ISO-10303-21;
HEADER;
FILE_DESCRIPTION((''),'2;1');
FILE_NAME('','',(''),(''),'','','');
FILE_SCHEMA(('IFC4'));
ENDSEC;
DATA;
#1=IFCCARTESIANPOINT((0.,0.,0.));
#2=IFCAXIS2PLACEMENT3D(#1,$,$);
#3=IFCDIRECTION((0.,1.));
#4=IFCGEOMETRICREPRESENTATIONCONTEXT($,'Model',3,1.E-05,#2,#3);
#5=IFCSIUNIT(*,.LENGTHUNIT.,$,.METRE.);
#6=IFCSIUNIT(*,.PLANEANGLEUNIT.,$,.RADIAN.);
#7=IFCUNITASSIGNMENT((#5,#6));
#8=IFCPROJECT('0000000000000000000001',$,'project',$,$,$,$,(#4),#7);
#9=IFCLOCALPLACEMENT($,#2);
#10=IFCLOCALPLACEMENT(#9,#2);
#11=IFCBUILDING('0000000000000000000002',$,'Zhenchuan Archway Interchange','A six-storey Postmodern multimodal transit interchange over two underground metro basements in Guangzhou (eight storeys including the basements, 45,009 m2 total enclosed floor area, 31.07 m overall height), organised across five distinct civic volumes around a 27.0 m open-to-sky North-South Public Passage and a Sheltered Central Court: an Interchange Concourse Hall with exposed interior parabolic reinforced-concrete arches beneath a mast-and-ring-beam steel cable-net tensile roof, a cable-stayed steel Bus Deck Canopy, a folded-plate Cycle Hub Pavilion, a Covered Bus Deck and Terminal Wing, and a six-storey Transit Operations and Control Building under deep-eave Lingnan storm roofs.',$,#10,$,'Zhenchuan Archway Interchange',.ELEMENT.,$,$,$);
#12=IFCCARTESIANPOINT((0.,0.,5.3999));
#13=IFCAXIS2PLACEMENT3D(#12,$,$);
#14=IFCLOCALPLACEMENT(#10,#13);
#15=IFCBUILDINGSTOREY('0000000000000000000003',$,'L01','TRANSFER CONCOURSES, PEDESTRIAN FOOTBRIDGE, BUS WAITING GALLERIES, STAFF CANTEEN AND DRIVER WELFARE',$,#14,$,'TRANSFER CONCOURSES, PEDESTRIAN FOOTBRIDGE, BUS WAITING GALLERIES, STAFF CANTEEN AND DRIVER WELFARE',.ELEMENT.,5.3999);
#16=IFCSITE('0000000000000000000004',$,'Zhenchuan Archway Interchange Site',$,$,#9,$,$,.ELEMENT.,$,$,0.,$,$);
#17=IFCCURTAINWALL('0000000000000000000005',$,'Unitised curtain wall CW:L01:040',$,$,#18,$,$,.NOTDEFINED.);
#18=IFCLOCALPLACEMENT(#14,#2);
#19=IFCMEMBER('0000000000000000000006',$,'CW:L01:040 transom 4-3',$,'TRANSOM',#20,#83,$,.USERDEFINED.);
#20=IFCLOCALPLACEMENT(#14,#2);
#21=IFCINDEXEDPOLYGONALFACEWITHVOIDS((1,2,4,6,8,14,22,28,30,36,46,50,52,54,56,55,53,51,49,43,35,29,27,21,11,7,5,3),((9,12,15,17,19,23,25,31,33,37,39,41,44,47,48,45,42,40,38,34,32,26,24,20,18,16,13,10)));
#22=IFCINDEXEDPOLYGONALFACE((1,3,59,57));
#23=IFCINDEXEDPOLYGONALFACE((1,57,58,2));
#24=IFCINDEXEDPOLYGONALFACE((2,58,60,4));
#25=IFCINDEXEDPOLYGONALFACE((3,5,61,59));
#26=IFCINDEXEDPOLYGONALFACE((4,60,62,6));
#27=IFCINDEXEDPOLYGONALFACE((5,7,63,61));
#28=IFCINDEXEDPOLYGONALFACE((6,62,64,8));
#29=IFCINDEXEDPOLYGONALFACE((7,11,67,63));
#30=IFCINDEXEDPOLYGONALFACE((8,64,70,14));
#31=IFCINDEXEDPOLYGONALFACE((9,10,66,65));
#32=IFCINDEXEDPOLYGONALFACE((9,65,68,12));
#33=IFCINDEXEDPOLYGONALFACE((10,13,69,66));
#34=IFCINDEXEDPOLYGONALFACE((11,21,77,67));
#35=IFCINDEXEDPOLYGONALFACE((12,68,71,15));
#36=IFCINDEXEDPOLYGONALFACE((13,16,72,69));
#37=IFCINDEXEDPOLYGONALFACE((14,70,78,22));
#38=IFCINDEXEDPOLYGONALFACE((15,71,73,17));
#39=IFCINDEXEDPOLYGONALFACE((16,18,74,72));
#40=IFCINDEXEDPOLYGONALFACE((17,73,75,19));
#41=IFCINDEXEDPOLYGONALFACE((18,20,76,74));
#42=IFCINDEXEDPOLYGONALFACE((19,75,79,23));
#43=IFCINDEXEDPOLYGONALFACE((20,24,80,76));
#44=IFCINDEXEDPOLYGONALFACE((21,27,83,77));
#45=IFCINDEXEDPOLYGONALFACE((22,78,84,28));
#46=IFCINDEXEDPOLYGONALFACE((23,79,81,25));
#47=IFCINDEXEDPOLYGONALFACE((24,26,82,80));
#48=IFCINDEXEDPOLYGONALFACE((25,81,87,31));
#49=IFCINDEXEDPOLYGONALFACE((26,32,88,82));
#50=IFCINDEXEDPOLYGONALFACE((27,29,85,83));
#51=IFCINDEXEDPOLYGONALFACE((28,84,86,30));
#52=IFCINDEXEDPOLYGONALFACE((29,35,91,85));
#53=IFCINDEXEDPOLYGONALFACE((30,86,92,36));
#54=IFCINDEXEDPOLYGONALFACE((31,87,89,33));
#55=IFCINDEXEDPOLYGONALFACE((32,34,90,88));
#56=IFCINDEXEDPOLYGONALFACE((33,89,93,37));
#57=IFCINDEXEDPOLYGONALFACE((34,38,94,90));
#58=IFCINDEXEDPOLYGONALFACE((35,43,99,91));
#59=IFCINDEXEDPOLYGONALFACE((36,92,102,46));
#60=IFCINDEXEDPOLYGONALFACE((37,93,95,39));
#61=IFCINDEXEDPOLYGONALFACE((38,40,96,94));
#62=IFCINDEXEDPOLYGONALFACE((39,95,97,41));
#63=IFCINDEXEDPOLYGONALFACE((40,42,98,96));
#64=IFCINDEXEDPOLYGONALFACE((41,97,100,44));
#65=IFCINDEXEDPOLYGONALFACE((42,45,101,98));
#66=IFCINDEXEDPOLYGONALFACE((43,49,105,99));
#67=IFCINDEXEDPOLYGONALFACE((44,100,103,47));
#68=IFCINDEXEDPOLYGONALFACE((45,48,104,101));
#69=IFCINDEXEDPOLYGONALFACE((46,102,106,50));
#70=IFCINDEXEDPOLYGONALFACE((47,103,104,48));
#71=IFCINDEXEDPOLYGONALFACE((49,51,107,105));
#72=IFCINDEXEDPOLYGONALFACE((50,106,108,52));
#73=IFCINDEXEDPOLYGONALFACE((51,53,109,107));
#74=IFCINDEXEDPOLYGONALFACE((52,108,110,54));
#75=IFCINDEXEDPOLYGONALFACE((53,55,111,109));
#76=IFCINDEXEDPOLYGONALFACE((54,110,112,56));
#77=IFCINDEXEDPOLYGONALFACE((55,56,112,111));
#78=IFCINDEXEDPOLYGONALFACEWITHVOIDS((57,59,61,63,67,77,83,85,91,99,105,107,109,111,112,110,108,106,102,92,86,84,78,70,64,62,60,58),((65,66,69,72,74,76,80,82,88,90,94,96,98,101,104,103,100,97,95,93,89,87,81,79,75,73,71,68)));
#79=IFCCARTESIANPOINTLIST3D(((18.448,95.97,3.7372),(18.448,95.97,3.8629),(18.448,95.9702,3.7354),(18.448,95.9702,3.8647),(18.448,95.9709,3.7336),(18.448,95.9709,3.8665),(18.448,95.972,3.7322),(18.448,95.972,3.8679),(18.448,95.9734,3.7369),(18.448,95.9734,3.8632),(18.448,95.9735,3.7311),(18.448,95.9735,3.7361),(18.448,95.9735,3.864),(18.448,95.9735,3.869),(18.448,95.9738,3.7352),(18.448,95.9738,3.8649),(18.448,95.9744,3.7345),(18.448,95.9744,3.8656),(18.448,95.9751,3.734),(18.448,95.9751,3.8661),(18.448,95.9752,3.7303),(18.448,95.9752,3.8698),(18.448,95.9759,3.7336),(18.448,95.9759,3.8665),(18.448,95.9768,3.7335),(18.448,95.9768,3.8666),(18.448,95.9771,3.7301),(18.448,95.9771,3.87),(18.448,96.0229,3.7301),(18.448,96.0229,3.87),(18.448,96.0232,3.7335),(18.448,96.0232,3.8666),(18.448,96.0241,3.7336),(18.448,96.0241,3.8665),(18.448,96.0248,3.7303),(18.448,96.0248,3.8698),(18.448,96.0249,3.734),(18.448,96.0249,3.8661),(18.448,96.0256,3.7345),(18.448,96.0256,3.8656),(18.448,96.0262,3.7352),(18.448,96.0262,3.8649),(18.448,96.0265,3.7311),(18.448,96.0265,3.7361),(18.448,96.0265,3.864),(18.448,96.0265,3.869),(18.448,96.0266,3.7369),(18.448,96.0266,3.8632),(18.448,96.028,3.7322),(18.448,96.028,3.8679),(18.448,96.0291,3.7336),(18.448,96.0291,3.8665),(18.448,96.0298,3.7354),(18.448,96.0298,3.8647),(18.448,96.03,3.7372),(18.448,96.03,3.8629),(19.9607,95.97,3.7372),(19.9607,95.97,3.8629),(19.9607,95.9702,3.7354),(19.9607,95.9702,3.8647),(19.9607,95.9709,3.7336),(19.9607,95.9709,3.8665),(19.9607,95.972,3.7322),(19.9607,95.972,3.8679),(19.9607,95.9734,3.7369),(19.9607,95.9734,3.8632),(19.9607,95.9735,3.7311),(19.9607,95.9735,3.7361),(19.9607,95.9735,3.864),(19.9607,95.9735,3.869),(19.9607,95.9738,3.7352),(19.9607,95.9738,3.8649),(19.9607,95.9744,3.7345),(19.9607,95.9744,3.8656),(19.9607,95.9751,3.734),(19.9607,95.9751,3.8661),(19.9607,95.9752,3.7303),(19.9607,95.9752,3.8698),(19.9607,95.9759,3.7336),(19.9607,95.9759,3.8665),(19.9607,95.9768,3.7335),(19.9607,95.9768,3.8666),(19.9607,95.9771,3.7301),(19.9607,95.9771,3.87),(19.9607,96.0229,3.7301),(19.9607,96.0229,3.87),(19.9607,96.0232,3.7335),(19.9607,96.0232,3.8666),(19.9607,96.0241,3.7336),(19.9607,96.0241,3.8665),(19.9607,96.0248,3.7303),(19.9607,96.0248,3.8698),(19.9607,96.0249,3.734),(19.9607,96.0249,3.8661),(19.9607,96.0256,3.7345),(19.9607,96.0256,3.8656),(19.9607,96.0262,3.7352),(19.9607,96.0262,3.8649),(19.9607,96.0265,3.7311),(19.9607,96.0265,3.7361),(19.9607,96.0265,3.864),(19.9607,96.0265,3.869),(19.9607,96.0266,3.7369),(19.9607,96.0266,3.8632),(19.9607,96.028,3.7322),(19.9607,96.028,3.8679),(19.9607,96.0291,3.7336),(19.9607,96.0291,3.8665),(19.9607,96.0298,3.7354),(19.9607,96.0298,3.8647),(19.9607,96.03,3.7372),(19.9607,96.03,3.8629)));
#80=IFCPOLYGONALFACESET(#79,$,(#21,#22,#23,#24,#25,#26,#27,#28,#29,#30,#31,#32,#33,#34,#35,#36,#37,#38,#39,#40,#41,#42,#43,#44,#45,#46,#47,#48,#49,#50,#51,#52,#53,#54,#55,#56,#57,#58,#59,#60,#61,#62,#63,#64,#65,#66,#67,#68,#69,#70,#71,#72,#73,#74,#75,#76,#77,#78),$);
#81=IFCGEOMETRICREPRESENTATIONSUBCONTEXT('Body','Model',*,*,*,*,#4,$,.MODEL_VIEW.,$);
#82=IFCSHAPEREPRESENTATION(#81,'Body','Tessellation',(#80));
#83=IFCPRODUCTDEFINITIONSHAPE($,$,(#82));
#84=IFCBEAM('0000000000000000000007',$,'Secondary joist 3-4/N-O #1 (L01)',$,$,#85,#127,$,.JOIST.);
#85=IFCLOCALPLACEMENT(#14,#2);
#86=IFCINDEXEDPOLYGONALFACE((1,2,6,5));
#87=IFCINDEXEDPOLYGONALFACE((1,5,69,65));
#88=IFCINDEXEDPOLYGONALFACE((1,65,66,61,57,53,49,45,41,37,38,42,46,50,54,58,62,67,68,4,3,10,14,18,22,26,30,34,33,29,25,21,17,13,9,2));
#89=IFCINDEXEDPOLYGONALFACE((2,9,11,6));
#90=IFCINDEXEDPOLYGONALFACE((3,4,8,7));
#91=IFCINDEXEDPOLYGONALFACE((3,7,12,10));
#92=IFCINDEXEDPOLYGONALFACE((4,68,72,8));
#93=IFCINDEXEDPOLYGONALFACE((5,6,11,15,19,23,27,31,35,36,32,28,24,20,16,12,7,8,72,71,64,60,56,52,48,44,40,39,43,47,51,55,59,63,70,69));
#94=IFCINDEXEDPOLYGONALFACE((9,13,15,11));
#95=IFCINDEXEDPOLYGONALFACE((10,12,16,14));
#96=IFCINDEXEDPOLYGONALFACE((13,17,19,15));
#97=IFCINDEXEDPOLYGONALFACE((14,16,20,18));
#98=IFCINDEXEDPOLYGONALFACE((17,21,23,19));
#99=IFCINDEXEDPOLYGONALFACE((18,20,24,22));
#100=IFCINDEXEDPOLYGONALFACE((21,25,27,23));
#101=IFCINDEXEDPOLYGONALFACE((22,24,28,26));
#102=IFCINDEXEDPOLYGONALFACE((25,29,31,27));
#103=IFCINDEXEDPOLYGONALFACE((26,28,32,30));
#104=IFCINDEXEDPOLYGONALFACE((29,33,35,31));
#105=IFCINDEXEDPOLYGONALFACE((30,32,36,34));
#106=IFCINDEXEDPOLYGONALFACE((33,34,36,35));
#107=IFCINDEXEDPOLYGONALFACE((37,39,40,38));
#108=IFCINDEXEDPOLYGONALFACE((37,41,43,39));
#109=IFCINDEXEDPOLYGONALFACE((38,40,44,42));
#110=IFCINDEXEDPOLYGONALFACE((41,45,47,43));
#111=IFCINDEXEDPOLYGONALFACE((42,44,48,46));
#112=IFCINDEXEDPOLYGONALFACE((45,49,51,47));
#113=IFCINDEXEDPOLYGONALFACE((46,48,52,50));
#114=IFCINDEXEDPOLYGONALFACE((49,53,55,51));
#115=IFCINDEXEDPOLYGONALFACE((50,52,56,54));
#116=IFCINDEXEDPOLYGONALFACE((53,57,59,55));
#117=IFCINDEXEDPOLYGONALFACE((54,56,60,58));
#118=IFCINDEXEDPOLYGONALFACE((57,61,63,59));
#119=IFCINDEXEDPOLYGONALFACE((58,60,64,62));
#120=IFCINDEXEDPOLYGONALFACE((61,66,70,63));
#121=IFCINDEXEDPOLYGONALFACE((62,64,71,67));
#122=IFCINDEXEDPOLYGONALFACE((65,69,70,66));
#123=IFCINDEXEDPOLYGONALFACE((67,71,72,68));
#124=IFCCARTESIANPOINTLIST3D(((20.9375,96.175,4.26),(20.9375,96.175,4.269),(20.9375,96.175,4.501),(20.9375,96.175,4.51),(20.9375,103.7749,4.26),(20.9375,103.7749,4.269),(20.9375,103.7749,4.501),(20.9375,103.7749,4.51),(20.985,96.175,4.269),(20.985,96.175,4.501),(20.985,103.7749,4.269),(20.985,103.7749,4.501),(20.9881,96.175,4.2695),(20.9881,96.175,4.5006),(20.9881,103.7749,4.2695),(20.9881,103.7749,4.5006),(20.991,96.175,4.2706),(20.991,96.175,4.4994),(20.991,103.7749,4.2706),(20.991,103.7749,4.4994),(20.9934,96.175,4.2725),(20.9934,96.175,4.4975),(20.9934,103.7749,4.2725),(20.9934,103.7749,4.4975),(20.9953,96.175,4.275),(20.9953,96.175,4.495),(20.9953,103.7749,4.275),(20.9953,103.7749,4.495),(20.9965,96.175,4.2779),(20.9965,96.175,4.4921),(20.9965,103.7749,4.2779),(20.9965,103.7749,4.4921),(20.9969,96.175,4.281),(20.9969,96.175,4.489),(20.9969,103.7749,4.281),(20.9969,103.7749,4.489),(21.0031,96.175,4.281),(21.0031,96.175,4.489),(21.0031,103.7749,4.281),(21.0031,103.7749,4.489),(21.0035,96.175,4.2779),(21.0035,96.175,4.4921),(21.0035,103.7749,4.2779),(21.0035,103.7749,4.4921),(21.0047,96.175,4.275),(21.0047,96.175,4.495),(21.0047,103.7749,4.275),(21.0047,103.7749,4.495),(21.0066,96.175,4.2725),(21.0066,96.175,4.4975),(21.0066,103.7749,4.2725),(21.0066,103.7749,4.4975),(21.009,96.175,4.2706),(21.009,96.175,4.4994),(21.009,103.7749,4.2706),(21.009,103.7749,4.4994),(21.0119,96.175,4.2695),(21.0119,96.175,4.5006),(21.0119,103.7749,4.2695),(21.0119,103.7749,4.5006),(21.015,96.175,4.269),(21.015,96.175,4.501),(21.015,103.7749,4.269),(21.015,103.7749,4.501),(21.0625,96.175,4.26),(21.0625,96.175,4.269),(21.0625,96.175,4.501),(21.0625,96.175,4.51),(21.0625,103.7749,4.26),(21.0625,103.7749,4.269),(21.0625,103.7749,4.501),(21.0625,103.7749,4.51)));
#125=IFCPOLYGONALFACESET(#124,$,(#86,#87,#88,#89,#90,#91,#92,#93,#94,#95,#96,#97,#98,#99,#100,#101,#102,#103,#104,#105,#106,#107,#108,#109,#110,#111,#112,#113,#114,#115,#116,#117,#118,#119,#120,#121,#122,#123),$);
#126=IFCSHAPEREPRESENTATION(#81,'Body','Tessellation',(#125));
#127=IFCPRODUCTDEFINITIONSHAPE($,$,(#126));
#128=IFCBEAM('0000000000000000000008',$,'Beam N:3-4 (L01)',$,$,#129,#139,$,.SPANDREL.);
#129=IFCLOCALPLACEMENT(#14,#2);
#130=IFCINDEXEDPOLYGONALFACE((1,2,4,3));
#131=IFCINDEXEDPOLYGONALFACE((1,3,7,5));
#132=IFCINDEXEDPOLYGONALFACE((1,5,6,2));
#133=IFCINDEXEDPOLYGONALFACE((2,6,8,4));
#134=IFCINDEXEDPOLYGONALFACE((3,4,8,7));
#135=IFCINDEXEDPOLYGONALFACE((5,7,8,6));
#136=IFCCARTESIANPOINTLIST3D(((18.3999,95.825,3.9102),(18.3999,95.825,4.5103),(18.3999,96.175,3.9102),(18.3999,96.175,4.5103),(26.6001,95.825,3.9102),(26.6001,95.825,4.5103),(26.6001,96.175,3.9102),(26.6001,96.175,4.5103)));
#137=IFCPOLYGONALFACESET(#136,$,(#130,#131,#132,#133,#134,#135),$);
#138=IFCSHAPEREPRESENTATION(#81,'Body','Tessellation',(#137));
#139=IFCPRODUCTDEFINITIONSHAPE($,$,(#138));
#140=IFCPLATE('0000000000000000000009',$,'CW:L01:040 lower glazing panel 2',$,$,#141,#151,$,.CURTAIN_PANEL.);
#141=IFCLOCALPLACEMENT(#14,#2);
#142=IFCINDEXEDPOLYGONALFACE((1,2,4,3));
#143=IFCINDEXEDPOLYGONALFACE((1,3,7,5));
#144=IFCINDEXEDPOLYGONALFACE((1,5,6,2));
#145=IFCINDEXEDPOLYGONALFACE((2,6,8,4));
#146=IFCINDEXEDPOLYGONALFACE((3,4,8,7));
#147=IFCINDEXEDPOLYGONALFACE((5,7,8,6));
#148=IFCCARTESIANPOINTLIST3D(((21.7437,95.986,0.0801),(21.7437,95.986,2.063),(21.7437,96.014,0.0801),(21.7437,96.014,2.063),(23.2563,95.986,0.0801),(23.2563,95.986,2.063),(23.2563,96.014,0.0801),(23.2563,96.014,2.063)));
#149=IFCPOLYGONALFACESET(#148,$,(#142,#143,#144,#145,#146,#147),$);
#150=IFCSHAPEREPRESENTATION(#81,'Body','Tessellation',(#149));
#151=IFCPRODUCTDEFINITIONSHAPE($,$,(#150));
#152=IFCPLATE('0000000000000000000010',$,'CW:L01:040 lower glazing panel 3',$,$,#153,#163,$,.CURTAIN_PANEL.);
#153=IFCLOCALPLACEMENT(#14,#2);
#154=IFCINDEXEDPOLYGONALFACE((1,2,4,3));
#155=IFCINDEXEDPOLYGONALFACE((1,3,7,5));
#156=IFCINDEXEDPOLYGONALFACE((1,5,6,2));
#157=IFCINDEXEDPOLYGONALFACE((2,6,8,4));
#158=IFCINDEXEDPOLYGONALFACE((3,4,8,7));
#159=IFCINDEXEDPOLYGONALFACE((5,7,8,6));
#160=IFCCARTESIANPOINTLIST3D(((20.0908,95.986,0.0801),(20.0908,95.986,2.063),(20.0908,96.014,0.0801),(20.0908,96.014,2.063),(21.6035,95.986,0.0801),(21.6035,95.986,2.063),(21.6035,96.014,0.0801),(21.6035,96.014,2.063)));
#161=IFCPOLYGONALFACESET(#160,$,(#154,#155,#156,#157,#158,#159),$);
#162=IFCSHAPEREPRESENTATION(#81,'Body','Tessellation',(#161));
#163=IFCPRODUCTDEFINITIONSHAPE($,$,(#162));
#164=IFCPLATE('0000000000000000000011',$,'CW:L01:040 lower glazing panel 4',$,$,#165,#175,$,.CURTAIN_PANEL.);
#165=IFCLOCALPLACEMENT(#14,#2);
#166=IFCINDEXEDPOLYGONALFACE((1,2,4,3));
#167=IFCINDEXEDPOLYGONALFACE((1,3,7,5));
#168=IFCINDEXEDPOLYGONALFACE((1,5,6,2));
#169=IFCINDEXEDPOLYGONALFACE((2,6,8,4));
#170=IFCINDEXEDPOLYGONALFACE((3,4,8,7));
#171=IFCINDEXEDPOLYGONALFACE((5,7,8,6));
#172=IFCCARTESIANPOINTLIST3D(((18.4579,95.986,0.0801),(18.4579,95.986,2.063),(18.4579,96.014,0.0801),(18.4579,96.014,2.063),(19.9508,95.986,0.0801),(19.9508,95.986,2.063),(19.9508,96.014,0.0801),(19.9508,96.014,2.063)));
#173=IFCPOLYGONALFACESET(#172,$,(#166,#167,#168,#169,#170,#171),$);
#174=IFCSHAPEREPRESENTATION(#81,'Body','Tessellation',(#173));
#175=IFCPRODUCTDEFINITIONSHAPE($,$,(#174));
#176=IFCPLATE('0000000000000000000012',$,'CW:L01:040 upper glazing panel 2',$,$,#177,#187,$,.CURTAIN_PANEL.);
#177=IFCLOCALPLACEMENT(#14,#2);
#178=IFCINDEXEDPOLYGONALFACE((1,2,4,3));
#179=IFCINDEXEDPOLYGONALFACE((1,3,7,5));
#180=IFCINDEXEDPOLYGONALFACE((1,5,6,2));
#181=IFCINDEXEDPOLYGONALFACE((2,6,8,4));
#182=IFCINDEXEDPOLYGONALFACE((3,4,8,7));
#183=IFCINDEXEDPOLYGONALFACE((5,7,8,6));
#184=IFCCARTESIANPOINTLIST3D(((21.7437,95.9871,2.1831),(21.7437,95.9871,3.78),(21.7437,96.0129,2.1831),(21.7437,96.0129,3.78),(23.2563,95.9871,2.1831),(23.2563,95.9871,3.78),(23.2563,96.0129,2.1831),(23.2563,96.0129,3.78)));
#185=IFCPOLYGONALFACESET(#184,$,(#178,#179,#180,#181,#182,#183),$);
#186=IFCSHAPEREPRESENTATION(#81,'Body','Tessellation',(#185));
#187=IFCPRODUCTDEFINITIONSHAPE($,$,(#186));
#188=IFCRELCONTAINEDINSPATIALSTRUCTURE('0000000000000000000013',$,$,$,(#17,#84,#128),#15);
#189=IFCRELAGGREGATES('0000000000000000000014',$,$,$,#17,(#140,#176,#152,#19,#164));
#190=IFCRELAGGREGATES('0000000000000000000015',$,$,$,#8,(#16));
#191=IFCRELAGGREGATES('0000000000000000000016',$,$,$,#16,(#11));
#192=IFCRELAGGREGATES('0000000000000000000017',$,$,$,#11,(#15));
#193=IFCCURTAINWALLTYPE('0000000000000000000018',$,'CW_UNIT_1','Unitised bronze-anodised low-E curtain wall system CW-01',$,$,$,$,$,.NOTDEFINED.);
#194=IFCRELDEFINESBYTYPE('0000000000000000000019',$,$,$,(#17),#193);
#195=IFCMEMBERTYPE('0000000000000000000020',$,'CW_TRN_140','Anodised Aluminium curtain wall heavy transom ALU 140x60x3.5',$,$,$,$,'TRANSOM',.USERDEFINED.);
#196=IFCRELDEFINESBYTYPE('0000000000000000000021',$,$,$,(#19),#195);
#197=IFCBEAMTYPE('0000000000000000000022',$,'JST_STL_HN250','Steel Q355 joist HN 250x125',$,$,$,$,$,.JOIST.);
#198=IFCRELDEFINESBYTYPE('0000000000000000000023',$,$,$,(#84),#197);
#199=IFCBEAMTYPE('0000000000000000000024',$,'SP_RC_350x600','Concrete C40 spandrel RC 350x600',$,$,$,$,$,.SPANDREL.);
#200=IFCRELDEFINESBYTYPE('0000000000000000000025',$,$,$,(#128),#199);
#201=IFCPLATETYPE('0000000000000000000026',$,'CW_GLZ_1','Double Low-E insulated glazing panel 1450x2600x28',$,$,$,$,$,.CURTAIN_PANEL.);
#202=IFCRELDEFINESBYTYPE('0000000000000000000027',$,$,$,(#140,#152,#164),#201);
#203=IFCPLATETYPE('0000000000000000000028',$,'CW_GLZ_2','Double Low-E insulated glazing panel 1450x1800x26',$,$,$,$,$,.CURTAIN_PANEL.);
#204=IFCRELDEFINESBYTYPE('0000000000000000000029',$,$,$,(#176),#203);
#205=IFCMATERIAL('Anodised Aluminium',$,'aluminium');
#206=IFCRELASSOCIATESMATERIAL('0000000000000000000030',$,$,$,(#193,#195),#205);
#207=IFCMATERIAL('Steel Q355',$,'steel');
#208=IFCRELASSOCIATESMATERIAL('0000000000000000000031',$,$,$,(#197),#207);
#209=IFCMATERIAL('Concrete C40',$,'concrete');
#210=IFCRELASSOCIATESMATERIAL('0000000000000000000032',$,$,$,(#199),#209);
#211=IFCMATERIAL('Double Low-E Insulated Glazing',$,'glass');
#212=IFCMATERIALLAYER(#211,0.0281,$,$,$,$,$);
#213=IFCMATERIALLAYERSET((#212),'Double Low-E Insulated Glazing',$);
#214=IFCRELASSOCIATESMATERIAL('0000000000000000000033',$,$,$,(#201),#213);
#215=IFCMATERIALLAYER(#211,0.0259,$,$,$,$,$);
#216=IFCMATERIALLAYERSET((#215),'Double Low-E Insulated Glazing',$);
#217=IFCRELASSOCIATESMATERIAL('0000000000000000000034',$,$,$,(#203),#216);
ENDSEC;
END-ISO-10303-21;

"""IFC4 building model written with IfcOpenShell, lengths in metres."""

from ifc_helpers import new_model, si_unit, direction, frame, origin, origin_2d, place, context, subcontext, project, spatial, rectangle, hollow_rectangle, i_section, extrude, material, layer, layer_set, material_profile, profile_set, type_object, element, aggregate, save


model = new_model("IFC4")

# Units and contexts
model_context = context("Model", 3, precision=1e-05, world=origin(), true_north=direction((0.0, 1.0)))
body_context = subcontext(model_context, "Body", "Model", "MODEL_VIEW")
ifc_project = project(units=[si_unit("LENGTHUNIT", "METRE"), si_unit("PLANEANGLEUNIT", "RADIAN")], contexts=[model_context])

# Site, building, storey
site_placement = place(None, origin())
site = spatial("IfcSite", under=ifc_project, at=site_placement, Name="Zhenchuan Archway Interchange Site", CompositionType="ELEMENT", RefElevation=0.0)
building_placement = place(site_placement, origin())
building = spatial("IfcBuilding", under=site, at=building_placement, Name="Zhenchuan Archway Interchange", Description="A six-storey Postmodern multimodal transit interchange over two underground metro basements in Guangzhou (eight storeys including the basements, 45,009 m2 total enclosed floor area, 31.07 m overall height), organised across five distinct civic volumes around a 27.0 m open-to-sky North-South Public Passage and a Sheltered Central Court: an Interchange Concourse Hall with exposed interior parabolic reinforced-concrete arches beneath a mast-and-ring-beam steel cable-net tensile roof, a cable-stayed steel Bus Deck Canopy, a folded-plate Cycle Hub Pavilion, a Covered Bus Deck and Terminal Wing, and a six-storey Transit Operations and Control Building under deep-eave Lingnan storm roofs.", LongName="Zhenchuan Archway Interchange", CompositionType="ELEMENT")
storey_placement = place(building_placement, frame((0.0, 0.0, 5.3999)))
storey = spatial("IfcBuildingStorey", under=building, at=storey_placement, Name="L01", Description="TRANSFER CONCOURSES, PEDESTRIAN FOOTBRIDGE, BUS WAITING GALLERIES, STAFF CANTEEN AND DRIVER WELFARE", LongName="TRANSFER CONCOURSES, PEDESTRIAN FOOTBRIDGE, BUS WAITING GALLERIES, STAFF CANTEEN AND DRIVER WELFARE", CompositionType="ELEMENT", Elevation=5.3999)

# Shared definitions
ifc_material_1 = material(Name="Concrete C40", Category="concrete")

# Curtain wall, member
ifc_material_2 = material(Name="Anodised Aluminium", Category="aluminium")
curtain_wall_type = type_object("IfcCurtainWallType", Name="CW_UNIT_1", Description="Unitised bronze-anodised low-E curtain wall system CW-01", PredefinedType="NOTDEFINED", material=ifc_material_2)
curtain_wall_placement = place(storey_placement, origin())
curtain_wall = element("IfcCurtainWall", 1, at=curtain_wall_placement, inside=storey, type_object=curtain_wall_type, Name="Unitised curtain wall CW:L01:040", PredefinedType="NOTDEFINED")
ifc_material_profile_1 = material_profile(ifc_material_2, hollow_rectangle(XDim=0.0601, YDim=0.1399, WallThickness=0.0034, InnerFilletRadius=0.0034, OuterFilletRadius=0.0071, at=origin_2d()), Name="ALU 140x60x3.5")
ifc_profile_set_1 = profile_set([ifc_material_profile_1], Name="Anodised Aluminium")
member_type_1 = type_object("IfcMemberType", Name="CW_TRN_140", Description="Anodised Aluminium curtain wall heavy transom ALU 140x60x3.5", ElementType="TRANSOM", PredefinedType="USERDEFINED", material=ifc_profile_set_1)
member_1_placement = place(storey_placement, frame((19.9607, 96.0, 3.8), z_axis=(-1.0, 0.0, 0.0), x_axis=(0.0, -1.0, 0.0)))
member_1 = element("IfcMember", 2, at=member_1_placement, type_object=member_type_1, Name="CW:L01:040 transom 4-3", ObjectType="TRANSOM", PredefinedType="USERDEFINED", context=body_context, shape_type="SweptSolid", body=[
    extrude(hollow_rectangle(XDim=0.0601, YDim=0.1399, WallThickness=0.0034, InnerFilletRadius=0.0034, OuterFilletRadius=0.0071, at=origin_2d()), origin(), (0.0, 0.0, 1.0), 1.5127),
])

# Beams
ifc_material_3 = material(Name="Steel Q355", Category="steel")
ifc_material_profile_2 = material_profile(ifc_material_3, i_section(OverallWidth=0.125, OverallDepth=0.25, WebThickness=0.0061, FlangeThickness=0.009, FilletRadius=0.012, at=origin_2d()), Name="HN 250x125")
ifc_profile_set_2 = profile_set([ifc_material_profile_2], Name="Steel Q355")
beam_type_1 = type_object("IfcBeamType", Name="JST_STL_HN250", Description="Steel Q355 joist HN 250x125", PredefinedType="JOIST", material=ifc_profile_set_2)
beam_1_placement = place(storey_placement, frame((21.0, 96.175, 4.385), z_axis=(0.0, 1.0, 0.0), x_axis=(-1.0, 0.0, 0.0)))
element("IfcBeam", 3, at=beam_1_placement, inside=storey, type_object=beam_type_1, Name="Secondary joist 3-4/N-O #1 (L01)", PredefinedType="JOIST", context=body_context, shape_type="SweptSolid", body=[
    extrude(i_section(OverallWidth=0.125, OverallDepth=0.25, WebThickness=0.0061, FlangeThickness=0.009, FilletRadius=0.012, at=origin_2d()), origin(), (0.0, 0.0, 1.0), 7.5999),
])
ifc_material_profile_3 = material_profile(ifc_material_1, rectangle(XDim=0.3501, YDim=0.6001, at=origin_2d()), Name="RC 350x600")
ifc_profile_set_3 = profile_set([ifc_material_profile_3], Name="Concrete C40")
beam_type_2 = type_object("IfcBeamType", Name="SP_RC_350x600", Description="Concrete C40 spandrel RC 350x600", PredefinedType="SPANDREL", material=ifc_profile_set_3)
beam_2_placement = place(storey_placement, frame((18.3999, 96.0, 4.2102), z_axis=(1.0, 0.0, 0.0), x_axis=(0.0, 1.0, 0.0)))
element("IfcBeam", 4, at=beam_2_placement, inside=storey, type_object=beam_type_2, Name="Beam N:3-4 (L01)", PredefinedType="SPANDREL", context=body_context, shape_type="SweptSolid", body=[
    extrude(rectangle(XDim=0.3501, YDim=0.6001, at=origin_2d()), origin(), (0.0, 0.0, 1.0), 8.2002),
])

# Plates
ifc_material_4 = material(Name="Double Low-E Insulated Glazing", Category="glass")
ifc_layer_1 = layer(ifc_material_4, 0.0281)
ifc_layer_set_1 = layer_set([ifc_layer_1], Name="Double Low-E Insulated Glazing")
plate_type_1 = type_object("IfcPlateType", Name="CW_GLZ_1", Description="Double Low-E insulated glazing panel 1450x2600x28", PredefinedType="CURTAIN_PANEL", material=ifc_layer_set_1)
plate_1_placement = place(storey_placement, frame((22.5, 96.0, 0.0801), z_axis=(0.0, 0.0, 1.0), x_axis=(-1.0, 0.0, 0.0)))
plate_1 = element("IfcPlate", 5, at=plate_1_placement, type_object=plate_type_1, Name="CW:L01:040 lower glazing panel 2", PredefinedType="CURTAIN_PANEL", context=body_context, shape_type="SweptSolid", body=[
    extrude(rectangle(XDim=1.5127, YDim=0.0281, at=origin_2d()), origin(), (0.0, 0.0, 1.0), 1.9829),
])
plate_2_placement = place(storey_placement, frame((20.8472, 96.0, 0.0801), z_axis=(0.0, 0.0, 1.0), x_axis=(-1.0, 0.0, 0.0)))
plate_2 = element("IfcPlate", 6, at=plate_2_placement, type_object=plate_type_1, Name="CW:L01:040 lower glazing panel 3", PredefinedType="CURTAIN_PANEL", context=body_context, shape_type="SweptSolid", body=[
    extrude(rectangle(XDim=1.5127, YDim=0.0281, at=origin_2d()), origin(), (0.0, 0.0, 1.0), 1.9829),
])
plate_3_placement = place(storey_placement, frame((19.2043, 96.0, 0.0801), z_axis=(0.0, 0.0, 1.0), x_axis=(-1.0, 0.0, 0.0)))
plate_3 = element("IfcPlate", 7, at=plate_3_placement, type_object=plate_type_1, Name="CW:L01:040 lower glazing panel 4", PredefinedType="CURTAIN_PANEL", context=body_context, shape_type="SweptSolid", body=[
    extrude(rectangle(XDim=1.4929, YDim=0.0281, at=origin_2d()), origin(), (0.0, 0.0, 1.0), 1.9829),
])
ifc_layer_2 = layer(ifc_material_4, 0.0259)
ifc_layer_set_2 = layer_set([ifc_layer_2], Name="Double Low-E Insulated Glazing")
plate_type_2 = type_object("IfcPlateType", Name="CW_GLZ_2", Description="Double Low-E insulated glazing panel 1450x1800x26", PredefinedType="CURTAIN_PANEL", material=ifc_layer_set_2)
plate_4_placement = place(storey_placement, frame((22.5, 96.0, 2.1831), z_axis=(0.0, 0.0, 1.0), x_axis=(-1.0, 0.0, 0.0)))
plate_4 = element("IfcPlate", 8, at=plate_4_placement, type_object=plate_type_2, Name="CW:L01:040 upper glazing panel 2", PredefinedType="CURTAIN_PANEL", context=body_context, shape_type="SweptSolid", body=[
    extrude(rectangle(XDim=1.5127, YDim=0.0259, at=origin_2d()), origin(), (0.0, 0.0, 1.0), 1.5969),
])
aggregate(curtain_wall, [plate_1, plate_4, plate_2, member_1, plate_3])

save(model, "model.ifc")
